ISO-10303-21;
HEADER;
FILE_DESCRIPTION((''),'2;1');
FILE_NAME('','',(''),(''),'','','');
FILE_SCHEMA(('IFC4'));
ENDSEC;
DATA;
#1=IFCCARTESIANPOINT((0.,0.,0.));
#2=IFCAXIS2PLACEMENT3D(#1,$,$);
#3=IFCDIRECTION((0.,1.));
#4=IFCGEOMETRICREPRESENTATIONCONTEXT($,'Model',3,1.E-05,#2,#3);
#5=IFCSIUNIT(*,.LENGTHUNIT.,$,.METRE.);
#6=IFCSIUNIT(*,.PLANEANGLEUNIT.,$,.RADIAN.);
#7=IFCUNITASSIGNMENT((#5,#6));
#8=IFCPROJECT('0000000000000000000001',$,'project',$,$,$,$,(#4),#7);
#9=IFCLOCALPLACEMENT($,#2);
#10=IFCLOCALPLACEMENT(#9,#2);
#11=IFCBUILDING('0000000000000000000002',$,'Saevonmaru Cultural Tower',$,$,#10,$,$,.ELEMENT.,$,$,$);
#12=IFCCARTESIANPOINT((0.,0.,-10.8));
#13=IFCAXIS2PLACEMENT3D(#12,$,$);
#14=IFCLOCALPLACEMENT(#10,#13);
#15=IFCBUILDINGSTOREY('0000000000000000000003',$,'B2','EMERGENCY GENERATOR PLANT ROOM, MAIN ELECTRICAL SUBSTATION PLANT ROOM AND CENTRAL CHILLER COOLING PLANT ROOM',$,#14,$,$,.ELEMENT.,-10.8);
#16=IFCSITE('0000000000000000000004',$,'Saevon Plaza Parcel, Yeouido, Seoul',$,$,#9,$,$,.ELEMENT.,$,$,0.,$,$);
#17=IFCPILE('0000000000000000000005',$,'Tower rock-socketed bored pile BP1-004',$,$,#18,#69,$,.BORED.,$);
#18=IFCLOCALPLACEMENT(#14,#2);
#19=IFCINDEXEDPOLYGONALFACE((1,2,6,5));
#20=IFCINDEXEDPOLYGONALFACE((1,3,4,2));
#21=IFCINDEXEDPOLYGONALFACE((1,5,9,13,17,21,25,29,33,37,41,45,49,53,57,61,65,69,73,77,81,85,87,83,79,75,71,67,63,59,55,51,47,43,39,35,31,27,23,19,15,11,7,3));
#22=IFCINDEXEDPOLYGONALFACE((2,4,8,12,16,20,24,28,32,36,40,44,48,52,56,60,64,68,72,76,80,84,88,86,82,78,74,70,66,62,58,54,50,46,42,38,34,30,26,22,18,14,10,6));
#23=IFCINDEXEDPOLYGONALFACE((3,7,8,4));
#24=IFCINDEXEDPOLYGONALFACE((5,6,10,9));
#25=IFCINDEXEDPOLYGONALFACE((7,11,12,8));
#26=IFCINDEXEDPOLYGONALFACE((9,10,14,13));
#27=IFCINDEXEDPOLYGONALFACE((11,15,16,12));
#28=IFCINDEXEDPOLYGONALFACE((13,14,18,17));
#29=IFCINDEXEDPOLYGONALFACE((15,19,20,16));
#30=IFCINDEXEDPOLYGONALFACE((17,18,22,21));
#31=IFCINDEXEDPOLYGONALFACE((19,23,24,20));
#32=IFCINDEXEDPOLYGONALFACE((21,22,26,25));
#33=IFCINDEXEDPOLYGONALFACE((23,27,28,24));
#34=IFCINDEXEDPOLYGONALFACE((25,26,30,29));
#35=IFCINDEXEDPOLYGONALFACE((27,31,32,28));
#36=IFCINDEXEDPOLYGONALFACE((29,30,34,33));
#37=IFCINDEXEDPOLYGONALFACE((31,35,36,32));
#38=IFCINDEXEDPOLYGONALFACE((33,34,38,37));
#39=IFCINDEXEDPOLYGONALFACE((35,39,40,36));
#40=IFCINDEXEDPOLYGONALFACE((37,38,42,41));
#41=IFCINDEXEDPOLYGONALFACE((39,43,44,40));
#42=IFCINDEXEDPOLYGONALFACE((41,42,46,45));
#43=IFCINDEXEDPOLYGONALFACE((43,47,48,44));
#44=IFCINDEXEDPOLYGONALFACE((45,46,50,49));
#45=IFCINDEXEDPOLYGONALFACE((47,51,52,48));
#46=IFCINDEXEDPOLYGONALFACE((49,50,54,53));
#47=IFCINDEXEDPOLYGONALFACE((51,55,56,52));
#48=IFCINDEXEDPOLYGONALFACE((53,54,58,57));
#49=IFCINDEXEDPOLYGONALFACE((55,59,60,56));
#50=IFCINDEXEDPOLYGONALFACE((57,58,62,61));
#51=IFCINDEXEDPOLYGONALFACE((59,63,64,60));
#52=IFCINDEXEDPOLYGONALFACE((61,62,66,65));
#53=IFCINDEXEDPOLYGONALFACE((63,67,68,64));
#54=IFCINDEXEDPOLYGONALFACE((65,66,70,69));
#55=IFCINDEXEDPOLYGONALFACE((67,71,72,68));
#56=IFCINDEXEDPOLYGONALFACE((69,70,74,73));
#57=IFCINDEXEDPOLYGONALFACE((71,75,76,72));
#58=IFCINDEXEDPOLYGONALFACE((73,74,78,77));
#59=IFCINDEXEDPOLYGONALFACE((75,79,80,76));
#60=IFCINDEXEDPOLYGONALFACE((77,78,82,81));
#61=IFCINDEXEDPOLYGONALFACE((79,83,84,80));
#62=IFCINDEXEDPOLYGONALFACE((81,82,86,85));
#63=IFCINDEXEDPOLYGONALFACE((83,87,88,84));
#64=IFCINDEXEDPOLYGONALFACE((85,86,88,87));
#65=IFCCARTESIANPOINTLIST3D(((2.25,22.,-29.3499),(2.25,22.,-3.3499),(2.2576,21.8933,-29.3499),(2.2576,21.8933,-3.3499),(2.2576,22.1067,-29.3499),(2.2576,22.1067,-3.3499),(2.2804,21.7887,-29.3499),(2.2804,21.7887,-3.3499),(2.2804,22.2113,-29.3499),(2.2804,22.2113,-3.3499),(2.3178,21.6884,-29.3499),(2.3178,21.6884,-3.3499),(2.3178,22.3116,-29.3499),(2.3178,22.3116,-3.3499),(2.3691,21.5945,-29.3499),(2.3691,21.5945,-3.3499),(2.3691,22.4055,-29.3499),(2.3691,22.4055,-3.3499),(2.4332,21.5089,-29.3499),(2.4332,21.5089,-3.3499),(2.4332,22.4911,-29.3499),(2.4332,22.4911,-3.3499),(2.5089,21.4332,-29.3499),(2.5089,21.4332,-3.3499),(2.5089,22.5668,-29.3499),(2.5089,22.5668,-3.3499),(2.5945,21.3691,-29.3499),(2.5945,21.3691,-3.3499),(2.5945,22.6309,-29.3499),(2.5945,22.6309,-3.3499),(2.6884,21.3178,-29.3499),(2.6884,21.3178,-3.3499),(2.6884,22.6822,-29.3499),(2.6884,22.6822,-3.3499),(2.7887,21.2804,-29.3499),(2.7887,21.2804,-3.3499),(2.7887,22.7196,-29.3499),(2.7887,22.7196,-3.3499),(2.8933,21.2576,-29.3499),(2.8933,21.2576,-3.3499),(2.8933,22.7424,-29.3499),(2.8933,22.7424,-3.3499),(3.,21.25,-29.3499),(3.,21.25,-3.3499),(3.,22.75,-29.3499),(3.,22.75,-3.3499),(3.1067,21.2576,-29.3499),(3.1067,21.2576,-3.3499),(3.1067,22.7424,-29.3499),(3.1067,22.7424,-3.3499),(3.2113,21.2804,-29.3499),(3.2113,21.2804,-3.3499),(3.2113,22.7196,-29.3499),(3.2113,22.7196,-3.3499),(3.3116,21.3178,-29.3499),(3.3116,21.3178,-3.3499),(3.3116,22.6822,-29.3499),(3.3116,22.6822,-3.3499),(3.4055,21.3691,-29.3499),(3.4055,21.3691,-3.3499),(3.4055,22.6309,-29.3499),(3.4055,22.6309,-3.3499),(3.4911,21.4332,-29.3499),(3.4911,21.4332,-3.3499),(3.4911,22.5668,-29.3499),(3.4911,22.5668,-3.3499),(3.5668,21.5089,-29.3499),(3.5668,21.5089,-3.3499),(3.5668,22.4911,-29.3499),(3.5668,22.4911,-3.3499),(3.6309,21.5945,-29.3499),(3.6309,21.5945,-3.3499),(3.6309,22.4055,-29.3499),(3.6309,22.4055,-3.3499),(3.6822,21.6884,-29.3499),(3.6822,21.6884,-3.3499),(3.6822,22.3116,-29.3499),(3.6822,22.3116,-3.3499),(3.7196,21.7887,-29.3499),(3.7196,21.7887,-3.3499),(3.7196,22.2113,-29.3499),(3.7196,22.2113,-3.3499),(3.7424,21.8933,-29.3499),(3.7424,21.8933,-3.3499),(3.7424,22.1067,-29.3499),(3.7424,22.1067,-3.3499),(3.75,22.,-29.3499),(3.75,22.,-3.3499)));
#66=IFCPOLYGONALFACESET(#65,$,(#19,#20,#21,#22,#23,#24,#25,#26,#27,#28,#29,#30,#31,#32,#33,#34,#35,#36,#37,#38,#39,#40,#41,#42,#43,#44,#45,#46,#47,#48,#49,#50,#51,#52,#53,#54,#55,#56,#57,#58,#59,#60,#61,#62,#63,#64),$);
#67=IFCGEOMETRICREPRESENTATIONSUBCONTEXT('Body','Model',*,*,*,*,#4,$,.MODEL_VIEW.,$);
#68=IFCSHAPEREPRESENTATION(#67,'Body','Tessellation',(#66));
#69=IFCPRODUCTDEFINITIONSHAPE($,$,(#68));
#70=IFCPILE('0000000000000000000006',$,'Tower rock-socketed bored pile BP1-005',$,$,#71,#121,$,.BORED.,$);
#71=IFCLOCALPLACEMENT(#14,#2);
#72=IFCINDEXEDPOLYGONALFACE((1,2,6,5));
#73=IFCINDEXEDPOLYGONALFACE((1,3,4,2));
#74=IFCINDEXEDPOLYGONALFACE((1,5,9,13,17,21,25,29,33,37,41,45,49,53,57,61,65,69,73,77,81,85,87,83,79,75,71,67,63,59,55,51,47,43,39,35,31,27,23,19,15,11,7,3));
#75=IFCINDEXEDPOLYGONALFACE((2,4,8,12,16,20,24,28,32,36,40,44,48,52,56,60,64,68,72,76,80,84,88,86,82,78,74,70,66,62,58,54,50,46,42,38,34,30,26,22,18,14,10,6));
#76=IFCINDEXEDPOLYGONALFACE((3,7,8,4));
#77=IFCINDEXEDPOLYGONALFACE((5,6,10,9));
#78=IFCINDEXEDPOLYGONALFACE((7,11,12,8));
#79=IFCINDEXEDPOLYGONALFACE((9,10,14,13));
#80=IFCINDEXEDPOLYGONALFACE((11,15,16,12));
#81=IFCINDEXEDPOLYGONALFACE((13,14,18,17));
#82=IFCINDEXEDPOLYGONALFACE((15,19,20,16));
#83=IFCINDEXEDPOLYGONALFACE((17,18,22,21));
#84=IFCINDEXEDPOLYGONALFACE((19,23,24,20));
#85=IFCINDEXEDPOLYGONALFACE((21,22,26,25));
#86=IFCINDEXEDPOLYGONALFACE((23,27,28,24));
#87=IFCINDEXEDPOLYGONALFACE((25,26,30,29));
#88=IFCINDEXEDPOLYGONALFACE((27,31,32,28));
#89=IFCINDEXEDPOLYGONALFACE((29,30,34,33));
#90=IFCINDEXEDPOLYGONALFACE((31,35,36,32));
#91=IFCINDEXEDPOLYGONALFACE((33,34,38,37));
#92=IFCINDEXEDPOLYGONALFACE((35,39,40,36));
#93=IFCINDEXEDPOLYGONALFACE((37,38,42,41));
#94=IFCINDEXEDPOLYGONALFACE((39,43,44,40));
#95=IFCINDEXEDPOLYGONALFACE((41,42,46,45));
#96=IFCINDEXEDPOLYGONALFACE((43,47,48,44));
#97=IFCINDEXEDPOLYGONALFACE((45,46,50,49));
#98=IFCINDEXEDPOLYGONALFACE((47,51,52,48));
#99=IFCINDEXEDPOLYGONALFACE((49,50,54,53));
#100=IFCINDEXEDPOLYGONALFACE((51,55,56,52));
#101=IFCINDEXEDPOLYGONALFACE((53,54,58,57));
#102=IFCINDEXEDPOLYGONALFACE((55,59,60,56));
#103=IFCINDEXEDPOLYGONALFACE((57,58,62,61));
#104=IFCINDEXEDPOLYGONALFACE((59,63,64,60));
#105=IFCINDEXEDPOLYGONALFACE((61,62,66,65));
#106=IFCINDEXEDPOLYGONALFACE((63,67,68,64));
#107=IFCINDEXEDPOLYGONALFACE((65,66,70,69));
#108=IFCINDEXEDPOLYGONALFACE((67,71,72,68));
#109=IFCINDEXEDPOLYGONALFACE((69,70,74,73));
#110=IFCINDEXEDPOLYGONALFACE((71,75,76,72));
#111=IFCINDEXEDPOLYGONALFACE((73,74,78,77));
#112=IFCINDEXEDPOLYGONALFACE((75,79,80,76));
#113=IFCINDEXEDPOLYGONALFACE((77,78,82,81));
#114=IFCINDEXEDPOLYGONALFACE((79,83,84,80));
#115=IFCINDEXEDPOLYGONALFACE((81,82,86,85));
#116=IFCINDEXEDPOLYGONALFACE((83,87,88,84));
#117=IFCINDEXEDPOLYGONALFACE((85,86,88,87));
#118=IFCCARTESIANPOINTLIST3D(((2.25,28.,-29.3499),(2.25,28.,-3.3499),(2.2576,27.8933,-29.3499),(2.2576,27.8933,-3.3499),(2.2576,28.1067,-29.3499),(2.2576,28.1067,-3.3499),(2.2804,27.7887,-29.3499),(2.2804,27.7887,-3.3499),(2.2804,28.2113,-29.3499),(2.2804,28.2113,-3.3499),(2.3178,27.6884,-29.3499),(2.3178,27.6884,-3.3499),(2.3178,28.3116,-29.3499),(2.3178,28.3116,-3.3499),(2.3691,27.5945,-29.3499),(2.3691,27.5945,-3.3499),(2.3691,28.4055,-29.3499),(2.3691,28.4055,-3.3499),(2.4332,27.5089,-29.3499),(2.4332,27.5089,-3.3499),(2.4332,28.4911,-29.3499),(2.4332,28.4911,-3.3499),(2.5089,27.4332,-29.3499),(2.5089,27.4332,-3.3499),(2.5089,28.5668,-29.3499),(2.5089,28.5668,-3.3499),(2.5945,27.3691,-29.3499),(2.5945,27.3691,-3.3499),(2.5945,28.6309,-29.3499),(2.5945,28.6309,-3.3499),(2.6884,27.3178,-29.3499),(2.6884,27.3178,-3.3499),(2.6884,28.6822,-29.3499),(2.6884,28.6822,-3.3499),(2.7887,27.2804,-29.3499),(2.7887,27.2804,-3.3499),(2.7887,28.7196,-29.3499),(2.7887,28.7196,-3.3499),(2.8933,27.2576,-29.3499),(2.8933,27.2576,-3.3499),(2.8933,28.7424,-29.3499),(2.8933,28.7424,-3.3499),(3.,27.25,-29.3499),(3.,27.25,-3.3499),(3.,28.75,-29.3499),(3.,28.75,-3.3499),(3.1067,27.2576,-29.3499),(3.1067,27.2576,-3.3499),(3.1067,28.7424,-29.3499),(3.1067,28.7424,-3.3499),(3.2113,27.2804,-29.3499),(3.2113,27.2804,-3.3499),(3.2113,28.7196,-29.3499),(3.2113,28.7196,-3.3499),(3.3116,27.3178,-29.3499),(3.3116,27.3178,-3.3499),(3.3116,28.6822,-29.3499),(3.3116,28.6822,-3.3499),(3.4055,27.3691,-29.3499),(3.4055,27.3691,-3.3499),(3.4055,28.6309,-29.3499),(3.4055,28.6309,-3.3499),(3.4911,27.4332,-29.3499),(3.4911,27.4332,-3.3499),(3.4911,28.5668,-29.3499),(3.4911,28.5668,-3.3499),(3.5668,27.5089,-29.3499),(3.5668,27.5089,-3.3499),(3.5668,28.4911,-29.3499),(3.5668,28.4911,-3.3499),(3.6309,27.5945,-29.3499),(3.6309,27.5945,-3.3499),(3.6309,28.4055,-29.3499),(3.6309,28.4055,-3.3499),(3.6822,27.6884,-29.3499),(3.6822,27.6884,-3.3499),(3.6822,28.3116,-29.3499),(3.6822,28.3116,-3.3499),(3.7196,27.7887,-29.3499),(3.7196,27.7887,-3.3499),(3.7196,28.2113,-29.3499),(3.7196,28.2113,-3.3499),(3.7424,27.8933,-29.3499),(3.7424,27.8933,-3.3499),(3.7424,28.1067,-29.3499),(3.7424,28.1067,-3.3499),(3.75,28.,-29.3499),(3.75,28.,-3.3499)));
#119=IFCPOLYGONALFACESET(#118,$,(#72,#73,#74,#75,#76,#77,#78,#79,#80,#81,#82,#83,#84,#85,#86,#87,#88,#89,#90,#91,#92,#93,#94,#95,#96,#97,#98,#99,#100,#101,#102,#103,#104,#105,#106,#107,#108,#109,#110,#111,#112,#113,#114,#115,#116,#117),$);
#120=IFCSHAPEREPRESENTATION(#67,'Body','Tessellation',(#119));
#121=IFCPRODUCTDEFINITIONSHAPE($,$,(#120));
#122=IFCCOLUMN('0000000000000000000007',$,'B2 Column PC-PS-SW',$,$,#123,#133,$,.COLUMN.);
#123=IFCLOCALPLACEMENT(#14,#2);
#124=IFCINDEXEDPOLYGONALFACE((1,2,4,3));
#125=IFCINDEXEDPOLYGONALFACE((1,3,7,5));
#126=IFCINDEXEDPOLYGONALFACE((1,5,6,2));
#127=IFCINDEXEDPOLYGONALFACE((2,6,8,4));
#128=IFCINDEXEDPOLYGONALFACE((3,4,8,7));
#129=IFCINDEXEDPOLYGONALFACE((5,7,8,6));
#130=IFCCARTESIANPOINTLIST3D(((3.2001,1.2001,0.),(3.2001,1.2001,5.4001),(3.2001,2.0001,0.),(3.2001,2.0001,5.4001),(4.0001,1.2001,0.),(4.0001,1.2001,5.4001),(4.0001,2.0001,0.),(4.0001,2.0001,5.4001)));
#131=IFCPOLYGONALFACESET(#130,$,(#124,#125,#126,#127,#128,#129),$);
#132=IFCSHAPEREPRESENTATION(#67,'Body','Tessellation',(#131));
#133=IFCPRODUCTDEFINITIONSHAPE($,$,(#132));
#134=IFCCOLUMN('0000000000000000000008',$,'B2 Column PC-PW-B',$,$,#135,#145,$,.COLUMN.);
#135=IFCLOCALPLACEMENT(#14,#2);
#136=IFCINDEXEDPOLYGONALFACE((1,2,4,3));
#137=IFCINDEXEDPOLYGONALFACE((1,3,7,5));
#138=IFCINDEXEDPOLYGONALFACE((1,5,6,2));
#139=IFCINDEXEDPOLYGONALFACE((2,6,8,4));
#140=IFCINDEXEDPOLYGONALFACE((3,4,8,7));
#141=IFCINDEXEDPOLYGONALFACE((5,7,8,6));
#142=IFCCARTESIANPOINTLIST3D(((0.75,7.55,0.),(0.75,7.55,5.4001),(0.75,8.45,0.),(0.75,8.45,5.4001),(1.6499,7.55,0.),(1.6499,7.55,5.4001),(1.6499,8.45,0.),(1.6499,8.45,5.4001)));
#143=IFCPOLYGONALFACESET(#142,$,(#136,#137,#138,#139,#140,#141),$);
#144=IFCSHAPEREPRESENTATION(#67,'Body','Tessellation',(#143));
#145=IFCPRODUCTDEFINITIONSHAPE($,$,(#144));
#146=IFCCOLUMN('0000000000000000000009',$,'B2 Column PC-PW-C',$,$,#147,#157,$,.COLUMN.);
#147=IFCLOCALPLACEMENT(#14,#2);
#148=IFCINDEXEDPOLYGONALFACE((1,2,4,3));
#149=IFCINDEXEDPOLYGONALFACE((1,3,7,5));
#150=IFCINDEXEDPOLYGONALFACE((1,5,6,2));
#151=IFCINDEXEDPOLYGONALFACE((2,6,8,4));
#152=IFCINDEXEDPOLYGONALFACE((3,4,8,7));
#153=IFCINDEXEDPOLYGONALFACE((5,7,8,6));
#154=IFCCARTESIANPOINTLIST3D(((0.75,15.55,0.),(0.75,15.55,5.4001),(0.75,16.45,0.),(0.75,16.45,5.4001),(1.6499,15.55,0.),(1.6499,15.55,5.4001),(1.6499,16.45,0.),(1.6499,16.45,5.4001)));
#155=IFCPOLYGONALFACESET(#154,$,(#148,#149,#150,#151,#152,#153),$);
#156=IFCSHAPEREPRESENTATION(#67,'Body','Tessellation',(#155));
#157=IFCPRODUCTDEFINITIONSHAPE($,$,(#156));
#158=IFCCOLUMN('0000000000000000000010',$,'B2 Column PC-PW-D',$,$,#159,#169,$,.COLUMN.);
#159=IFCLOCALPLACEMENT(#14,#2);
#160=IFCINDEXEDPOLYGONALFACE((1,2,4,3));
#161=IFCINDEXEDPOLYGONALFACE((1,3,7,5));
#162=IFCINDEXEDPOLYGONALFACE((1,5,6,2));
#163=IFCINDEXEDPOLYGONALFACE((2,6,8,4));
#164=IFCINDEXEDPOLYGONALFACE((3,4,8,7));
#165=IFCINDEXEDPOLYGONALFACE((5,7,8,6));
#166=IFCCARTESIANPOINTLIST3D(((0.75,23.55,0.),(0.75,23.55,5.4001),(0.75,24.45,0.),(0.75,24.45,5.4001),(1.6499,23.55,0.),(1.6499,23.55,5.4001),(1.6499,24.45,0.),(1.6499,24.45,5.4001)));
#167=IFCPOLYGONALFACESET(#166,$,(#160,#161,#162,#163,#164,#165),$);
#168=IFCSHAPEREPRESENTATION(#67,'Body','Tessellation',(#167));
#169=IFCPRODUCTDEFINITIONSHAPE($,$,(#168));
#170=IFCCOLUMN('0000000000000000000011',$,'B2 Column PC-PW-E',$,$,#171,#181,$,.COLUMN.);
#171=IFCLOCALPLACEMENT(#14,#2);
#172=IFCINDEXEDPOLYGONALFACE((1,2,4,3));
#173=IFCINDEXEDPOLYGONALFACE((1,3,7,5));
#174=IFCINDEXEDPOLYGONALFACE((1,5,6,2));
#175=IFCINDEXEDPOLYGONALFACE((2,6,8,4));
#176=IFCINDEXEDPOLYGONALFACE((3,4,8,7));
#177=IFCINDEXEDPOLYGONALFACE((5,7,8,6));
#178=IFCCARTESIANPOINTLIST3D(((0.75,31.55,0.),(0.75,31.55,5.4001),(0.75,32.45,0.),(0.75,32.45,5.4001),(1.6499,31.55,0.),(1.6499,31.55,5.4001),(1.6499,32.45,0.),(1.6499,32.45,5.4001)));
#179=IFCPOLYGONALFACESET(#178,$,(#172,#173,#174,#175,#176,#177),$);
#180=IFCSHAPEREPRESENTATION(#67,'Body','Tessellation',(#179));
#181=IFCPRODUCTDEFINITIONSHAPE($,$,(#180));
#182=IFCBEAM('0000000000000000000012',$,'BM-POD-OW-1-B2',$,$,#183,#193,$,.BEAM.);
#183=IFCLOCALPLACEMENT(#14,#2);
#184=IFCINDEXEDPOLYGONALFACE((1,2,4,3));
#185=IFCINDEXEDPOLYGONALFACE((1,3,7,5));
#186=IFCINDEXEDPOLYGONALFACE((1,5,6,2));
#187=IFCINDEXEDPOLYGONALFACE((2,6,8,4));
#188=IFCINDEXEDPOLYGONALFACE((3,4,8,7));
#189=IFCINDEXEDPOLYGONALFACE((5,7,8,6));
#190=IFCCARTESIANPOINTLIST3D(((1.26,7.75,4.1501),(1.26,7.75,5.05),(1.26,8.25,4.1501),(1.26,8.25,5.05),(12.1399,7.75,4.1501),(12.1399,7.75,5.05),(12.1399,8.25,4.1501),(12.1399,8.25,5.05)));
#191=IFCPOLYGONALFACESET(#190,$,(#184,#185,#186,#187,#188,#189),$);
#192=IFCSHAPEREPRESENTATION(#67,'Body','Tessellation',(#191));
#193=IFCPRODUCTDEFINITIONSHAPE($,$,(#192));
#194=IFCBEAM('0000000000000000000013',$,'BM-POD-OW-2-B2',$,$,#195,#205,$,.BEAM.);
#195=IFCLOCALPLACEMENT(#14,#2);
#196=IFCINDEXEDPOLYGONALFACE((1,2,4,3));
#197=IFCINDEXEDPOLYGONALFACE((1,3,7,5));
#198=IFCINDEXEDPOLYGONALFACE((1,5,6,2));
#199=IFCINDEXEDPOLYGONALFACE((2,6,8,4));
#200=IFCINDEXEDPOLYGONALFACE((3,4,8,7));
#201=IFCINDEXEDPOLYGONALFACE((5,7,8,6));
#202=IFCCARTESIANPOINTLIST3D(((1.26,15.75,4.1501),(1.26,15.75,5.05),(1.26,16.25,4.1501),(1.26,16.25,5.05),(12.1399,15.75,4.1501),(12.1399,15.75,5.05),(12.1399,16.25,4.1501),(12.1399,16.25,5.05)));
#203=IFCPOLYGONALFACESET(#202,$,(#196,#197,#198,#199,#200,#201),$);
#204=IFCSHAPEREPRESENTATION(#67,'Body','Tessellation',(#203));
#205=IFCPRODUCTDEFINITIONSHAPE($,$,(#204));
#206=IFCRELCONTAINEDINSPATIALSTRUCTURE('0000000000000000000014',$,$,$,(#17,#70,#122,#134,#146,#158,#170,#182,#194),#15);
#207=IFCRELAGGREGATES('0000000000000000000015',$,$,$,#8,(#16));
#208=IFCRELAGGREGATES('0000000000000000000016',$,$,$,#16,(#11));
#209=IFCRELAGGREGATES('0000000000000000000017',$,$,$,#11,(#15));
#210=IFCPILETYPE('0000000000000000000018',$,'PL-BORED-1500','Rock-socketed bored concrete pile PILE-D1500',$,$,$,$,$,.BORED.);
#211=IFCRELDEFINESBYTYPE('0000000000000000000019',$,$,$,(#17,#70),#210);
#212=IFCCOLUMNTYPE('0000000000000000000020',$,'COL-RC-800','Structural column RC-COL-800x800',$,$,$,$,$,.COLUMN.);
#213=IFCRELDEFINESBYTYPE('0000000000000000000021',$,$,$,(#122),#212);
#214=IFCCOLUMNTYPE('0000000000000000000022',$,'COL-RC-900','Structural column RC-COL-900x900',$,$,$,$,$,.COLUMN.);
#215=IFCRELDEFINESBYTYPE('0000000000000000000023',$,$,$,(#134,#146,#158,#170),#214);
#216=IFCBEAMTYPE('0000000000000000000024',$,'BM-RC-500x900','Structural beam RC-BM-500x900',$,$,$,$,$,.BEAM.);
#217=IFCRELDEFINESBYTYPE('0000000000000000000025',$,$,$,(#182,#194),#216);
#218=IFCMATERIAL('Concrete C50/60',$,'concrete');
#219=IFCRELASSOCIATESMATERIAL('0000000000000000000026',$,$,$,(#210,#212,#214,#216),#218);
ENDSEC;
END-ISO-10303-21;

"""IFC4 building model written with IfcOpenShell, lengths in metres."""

from ifc_helpers import new_model, si_unit, direction, frame, origin, origin_2d, place, context, subcontext, project, spatial, rectangle, circle, extrude, material, material_profile, profile_set, type_object, element, save


model = new_model("IFC4")

# Units and contexts
model_context = context("Model", 3, precision=1e-05, world=origin(), true_north=direction((0.0, 1.0)))
body_context = subcontext(model_context, "Body", "Model", "MODEL_VIEW")
ifc_project = project(units=[si_unit("LENGTHUNIT", "METRE"), si_unit("PLANEANGLEUNIT", "RADIAN")], contexts=[model_context])

# Site, building, storey
site_placement = place(None, origin())
site = spatial("IfcSite", under=ifc_project, at=site_placement, Name="Saevon Plaza Parcel, Yeouido, Seoul", CompositionType="ELEMENT", RefElevation=0.0)
building_placement = place(site_placement, origin())
building = spatial("IfcBuilding", under=site, at=building_placement, Name="Saevonmaru Cultural Tower", CompositionType="ELEMENT")
storey_placement = place(building_placement, frame((0.0, 0.0, -10.8)))
storey = spatial("IfcBuildingStorey", under=building, at=storey_placement, Name="B2", Description="EMERGENCY GENERATOR PLANT ROOM, MAIN ELECTRICAL SUBSTATION PLANT ROOM AND CENTRAL CHILLER COOLING PLANT ROOM", CompositionType="ELEMENT", Elevation=-10.8)

# Piles
ifc_material_1 = material(Name="Concrete C50/60", Category="concrete")
ifc_material_profile_1 = material_profile(ifc_material_1, circle(Radius=0.75, at=origin_2d()), Name="PILE-D1500")
ifc_profile_set_1 = profile_set([ifc_material_profile_1], Name="Concrete C50/60")
pile_type = type_object("IfcPileType", Name="PL-BORED-1500", Description="Rock-socketed bored concrete pile PILE-D1500", PredefinedType="BORED", material=ifc_profile_set_1)
for number, where, z_axis, x_axis, name in (
    (1, (3.0, 22.0, -3.3499), (0.0, 0.0, -1.0), (1.0, 0.0, 0.0), "Tower rock-socketed bored pile BP1-004"),
    (2, (3.0, 28.0, -3.3499), (0.0, 0.0, -1.0), (1.0, 0.0, 0.0), "Tower rock-socketed bored pile BP1-005"),
):
    element("IfcPile", number, at=place(storey_placement, frame(where, z_axis=z_axis, x_axis=x_axis)), inside=storey, type_object=pile_type, Name=name, PredefinedType="BORED", context=body_context, shape_type="SweptSolid", body=[
        extrude(circle(Radius=0.75, at=origin_2d()), origin(), (0.0, 0.0, 1.0), 26.0),
    ])

# Columns
ifc_material_profile_2 = material_profile(ifc_material_1, rectangle(XDim=0.8, YDim=0.8, at=origin_2d()), Name="RC-COL-800x800")
ifc_profile_set_2 = profile_set([ifc_material_profile_2], Name="Concrete C50/60")
column_type_1 = type_object("IfcColumnType", Name="COL-RC-800", Description="Structural column RC-COL-800x800", PredefinedType="COLUMN", material=ifc_profile_set_2)
column_placement = place(storey_placement, frame((3.6001, 1.6001, 0.0), z_axis=(0.0, 0.0, 1.0), x_axis=(1.0, 0.0, 0.0)))
element("IfcColumn", 3, at=column_placement, inside=storey, type_object=column_type_1, Name="B2 Column PC-PS-SW", PredefinedType="COLUMN", context=body_context, shape_type="SweptSolid", body=[
    extrude(rectangle(XDim=0.8, YDim=0.8, at=origin_2d()), origin(), (0.0, 0.0, 1.0), 5.4001),
])
ifc_material_profile_3 = material_profile(ifc_material_1, rectangle(XDim=0.8999, YDim=0.8999, at=origin_2d()), Name="RC-COL-900x900")
ifc_profile_set_3 = profile_set([ifc_material_profile_3], Name="Concrete C50/60")
column_type_2 = type_object("IfcColumnType", Name="COL-RC-900", Description="Structural column RC-COL-900x900", PredefinedType="COLUMN", material=ifc_profile_set_3)
for number, where, z_axis, x_axis, name in (
    (4, (1.2, 8.0, 0.0), (0.0, 0.0, 1.0), (1.0, 0.0, 0.0), "B2 Column PC-PW-B"),
    (5, (1.2, 16.0, 0.0), (0.0, 0.0, 1.0), (1.0, 0.0, 0.0), "B2 Column PC-PW-C"),
    (6, (1.2, 24.0, 0.0), (0.0, 0.0, 1.0), (1.0, 0.0, 0.0), "B2 Column PC-PW-D"),
    (7, (1.2, 32.0, 0.0), (0.0, 0.0, 1.0), (1.0, 0.0, 0.0), "B2 Column PC-PW-E"),
):
    element("IfcColumn", number, at=place(storey_placement, frame(where, z_axis=z_axis, x_axis=x_axis)), inside=storey, type_object=column_type_2, Name=name, PredefinedType="COLUMN", context=body_context, shape_type="SweptSolid", body=[
        extrude(rectangle(XDim=0.8999, YDim=0.8999, at=origin_2d()), origin(), (0.0, 0.0, 1.0), 5.4001),
    ])

# Beams
ifc_material_profile_4 = material_profile(ifc_material_1, rectangle(XDim=0.5, YDim=0.8999, at=origin_2d()), Name="RC-BM-500x900")
ifc_profile_set_4 = profile_set([ifc_material_profile_4], Name="Concrete C50/60")
beam_type = type_object("IfcBeamType", Name="BM-RC-500x900", Description="Structural beam RC-BM-500x900", PredefinedType="BEAM", material=ifc_profile_set_4)
for number, where, z_axis, x_axis, name in (
    (8, (1.26, 8.0, 4.6001), (1.0, 0.0, 0.0), (0.0, 1.0, 0.0), "BM-POD-OW-1-B2"),
    (9, (1.26, 16.0, 4.6001), (1.0, 0.0, 0.0), (0.0, 1.0, 0.0), "BM-POD-OW-2-B2"),
):
    element("IfcBeam", number, at=place(storey_placement, frame(where, z_axis=z_axis, x_axis=x_axis)), inside=storey, type_object=beam_type, Name=name, PredefinedType="BEAM", context=body_context, shape_type="SweptSolid", body=[
        extrude(rectangle(XDim=0.5, YDim=0.8999, at=origin_2d()), origin(), (0.0, 0.0, 1.0), 10.8799),
    ])

save(model, "model.ifc")
